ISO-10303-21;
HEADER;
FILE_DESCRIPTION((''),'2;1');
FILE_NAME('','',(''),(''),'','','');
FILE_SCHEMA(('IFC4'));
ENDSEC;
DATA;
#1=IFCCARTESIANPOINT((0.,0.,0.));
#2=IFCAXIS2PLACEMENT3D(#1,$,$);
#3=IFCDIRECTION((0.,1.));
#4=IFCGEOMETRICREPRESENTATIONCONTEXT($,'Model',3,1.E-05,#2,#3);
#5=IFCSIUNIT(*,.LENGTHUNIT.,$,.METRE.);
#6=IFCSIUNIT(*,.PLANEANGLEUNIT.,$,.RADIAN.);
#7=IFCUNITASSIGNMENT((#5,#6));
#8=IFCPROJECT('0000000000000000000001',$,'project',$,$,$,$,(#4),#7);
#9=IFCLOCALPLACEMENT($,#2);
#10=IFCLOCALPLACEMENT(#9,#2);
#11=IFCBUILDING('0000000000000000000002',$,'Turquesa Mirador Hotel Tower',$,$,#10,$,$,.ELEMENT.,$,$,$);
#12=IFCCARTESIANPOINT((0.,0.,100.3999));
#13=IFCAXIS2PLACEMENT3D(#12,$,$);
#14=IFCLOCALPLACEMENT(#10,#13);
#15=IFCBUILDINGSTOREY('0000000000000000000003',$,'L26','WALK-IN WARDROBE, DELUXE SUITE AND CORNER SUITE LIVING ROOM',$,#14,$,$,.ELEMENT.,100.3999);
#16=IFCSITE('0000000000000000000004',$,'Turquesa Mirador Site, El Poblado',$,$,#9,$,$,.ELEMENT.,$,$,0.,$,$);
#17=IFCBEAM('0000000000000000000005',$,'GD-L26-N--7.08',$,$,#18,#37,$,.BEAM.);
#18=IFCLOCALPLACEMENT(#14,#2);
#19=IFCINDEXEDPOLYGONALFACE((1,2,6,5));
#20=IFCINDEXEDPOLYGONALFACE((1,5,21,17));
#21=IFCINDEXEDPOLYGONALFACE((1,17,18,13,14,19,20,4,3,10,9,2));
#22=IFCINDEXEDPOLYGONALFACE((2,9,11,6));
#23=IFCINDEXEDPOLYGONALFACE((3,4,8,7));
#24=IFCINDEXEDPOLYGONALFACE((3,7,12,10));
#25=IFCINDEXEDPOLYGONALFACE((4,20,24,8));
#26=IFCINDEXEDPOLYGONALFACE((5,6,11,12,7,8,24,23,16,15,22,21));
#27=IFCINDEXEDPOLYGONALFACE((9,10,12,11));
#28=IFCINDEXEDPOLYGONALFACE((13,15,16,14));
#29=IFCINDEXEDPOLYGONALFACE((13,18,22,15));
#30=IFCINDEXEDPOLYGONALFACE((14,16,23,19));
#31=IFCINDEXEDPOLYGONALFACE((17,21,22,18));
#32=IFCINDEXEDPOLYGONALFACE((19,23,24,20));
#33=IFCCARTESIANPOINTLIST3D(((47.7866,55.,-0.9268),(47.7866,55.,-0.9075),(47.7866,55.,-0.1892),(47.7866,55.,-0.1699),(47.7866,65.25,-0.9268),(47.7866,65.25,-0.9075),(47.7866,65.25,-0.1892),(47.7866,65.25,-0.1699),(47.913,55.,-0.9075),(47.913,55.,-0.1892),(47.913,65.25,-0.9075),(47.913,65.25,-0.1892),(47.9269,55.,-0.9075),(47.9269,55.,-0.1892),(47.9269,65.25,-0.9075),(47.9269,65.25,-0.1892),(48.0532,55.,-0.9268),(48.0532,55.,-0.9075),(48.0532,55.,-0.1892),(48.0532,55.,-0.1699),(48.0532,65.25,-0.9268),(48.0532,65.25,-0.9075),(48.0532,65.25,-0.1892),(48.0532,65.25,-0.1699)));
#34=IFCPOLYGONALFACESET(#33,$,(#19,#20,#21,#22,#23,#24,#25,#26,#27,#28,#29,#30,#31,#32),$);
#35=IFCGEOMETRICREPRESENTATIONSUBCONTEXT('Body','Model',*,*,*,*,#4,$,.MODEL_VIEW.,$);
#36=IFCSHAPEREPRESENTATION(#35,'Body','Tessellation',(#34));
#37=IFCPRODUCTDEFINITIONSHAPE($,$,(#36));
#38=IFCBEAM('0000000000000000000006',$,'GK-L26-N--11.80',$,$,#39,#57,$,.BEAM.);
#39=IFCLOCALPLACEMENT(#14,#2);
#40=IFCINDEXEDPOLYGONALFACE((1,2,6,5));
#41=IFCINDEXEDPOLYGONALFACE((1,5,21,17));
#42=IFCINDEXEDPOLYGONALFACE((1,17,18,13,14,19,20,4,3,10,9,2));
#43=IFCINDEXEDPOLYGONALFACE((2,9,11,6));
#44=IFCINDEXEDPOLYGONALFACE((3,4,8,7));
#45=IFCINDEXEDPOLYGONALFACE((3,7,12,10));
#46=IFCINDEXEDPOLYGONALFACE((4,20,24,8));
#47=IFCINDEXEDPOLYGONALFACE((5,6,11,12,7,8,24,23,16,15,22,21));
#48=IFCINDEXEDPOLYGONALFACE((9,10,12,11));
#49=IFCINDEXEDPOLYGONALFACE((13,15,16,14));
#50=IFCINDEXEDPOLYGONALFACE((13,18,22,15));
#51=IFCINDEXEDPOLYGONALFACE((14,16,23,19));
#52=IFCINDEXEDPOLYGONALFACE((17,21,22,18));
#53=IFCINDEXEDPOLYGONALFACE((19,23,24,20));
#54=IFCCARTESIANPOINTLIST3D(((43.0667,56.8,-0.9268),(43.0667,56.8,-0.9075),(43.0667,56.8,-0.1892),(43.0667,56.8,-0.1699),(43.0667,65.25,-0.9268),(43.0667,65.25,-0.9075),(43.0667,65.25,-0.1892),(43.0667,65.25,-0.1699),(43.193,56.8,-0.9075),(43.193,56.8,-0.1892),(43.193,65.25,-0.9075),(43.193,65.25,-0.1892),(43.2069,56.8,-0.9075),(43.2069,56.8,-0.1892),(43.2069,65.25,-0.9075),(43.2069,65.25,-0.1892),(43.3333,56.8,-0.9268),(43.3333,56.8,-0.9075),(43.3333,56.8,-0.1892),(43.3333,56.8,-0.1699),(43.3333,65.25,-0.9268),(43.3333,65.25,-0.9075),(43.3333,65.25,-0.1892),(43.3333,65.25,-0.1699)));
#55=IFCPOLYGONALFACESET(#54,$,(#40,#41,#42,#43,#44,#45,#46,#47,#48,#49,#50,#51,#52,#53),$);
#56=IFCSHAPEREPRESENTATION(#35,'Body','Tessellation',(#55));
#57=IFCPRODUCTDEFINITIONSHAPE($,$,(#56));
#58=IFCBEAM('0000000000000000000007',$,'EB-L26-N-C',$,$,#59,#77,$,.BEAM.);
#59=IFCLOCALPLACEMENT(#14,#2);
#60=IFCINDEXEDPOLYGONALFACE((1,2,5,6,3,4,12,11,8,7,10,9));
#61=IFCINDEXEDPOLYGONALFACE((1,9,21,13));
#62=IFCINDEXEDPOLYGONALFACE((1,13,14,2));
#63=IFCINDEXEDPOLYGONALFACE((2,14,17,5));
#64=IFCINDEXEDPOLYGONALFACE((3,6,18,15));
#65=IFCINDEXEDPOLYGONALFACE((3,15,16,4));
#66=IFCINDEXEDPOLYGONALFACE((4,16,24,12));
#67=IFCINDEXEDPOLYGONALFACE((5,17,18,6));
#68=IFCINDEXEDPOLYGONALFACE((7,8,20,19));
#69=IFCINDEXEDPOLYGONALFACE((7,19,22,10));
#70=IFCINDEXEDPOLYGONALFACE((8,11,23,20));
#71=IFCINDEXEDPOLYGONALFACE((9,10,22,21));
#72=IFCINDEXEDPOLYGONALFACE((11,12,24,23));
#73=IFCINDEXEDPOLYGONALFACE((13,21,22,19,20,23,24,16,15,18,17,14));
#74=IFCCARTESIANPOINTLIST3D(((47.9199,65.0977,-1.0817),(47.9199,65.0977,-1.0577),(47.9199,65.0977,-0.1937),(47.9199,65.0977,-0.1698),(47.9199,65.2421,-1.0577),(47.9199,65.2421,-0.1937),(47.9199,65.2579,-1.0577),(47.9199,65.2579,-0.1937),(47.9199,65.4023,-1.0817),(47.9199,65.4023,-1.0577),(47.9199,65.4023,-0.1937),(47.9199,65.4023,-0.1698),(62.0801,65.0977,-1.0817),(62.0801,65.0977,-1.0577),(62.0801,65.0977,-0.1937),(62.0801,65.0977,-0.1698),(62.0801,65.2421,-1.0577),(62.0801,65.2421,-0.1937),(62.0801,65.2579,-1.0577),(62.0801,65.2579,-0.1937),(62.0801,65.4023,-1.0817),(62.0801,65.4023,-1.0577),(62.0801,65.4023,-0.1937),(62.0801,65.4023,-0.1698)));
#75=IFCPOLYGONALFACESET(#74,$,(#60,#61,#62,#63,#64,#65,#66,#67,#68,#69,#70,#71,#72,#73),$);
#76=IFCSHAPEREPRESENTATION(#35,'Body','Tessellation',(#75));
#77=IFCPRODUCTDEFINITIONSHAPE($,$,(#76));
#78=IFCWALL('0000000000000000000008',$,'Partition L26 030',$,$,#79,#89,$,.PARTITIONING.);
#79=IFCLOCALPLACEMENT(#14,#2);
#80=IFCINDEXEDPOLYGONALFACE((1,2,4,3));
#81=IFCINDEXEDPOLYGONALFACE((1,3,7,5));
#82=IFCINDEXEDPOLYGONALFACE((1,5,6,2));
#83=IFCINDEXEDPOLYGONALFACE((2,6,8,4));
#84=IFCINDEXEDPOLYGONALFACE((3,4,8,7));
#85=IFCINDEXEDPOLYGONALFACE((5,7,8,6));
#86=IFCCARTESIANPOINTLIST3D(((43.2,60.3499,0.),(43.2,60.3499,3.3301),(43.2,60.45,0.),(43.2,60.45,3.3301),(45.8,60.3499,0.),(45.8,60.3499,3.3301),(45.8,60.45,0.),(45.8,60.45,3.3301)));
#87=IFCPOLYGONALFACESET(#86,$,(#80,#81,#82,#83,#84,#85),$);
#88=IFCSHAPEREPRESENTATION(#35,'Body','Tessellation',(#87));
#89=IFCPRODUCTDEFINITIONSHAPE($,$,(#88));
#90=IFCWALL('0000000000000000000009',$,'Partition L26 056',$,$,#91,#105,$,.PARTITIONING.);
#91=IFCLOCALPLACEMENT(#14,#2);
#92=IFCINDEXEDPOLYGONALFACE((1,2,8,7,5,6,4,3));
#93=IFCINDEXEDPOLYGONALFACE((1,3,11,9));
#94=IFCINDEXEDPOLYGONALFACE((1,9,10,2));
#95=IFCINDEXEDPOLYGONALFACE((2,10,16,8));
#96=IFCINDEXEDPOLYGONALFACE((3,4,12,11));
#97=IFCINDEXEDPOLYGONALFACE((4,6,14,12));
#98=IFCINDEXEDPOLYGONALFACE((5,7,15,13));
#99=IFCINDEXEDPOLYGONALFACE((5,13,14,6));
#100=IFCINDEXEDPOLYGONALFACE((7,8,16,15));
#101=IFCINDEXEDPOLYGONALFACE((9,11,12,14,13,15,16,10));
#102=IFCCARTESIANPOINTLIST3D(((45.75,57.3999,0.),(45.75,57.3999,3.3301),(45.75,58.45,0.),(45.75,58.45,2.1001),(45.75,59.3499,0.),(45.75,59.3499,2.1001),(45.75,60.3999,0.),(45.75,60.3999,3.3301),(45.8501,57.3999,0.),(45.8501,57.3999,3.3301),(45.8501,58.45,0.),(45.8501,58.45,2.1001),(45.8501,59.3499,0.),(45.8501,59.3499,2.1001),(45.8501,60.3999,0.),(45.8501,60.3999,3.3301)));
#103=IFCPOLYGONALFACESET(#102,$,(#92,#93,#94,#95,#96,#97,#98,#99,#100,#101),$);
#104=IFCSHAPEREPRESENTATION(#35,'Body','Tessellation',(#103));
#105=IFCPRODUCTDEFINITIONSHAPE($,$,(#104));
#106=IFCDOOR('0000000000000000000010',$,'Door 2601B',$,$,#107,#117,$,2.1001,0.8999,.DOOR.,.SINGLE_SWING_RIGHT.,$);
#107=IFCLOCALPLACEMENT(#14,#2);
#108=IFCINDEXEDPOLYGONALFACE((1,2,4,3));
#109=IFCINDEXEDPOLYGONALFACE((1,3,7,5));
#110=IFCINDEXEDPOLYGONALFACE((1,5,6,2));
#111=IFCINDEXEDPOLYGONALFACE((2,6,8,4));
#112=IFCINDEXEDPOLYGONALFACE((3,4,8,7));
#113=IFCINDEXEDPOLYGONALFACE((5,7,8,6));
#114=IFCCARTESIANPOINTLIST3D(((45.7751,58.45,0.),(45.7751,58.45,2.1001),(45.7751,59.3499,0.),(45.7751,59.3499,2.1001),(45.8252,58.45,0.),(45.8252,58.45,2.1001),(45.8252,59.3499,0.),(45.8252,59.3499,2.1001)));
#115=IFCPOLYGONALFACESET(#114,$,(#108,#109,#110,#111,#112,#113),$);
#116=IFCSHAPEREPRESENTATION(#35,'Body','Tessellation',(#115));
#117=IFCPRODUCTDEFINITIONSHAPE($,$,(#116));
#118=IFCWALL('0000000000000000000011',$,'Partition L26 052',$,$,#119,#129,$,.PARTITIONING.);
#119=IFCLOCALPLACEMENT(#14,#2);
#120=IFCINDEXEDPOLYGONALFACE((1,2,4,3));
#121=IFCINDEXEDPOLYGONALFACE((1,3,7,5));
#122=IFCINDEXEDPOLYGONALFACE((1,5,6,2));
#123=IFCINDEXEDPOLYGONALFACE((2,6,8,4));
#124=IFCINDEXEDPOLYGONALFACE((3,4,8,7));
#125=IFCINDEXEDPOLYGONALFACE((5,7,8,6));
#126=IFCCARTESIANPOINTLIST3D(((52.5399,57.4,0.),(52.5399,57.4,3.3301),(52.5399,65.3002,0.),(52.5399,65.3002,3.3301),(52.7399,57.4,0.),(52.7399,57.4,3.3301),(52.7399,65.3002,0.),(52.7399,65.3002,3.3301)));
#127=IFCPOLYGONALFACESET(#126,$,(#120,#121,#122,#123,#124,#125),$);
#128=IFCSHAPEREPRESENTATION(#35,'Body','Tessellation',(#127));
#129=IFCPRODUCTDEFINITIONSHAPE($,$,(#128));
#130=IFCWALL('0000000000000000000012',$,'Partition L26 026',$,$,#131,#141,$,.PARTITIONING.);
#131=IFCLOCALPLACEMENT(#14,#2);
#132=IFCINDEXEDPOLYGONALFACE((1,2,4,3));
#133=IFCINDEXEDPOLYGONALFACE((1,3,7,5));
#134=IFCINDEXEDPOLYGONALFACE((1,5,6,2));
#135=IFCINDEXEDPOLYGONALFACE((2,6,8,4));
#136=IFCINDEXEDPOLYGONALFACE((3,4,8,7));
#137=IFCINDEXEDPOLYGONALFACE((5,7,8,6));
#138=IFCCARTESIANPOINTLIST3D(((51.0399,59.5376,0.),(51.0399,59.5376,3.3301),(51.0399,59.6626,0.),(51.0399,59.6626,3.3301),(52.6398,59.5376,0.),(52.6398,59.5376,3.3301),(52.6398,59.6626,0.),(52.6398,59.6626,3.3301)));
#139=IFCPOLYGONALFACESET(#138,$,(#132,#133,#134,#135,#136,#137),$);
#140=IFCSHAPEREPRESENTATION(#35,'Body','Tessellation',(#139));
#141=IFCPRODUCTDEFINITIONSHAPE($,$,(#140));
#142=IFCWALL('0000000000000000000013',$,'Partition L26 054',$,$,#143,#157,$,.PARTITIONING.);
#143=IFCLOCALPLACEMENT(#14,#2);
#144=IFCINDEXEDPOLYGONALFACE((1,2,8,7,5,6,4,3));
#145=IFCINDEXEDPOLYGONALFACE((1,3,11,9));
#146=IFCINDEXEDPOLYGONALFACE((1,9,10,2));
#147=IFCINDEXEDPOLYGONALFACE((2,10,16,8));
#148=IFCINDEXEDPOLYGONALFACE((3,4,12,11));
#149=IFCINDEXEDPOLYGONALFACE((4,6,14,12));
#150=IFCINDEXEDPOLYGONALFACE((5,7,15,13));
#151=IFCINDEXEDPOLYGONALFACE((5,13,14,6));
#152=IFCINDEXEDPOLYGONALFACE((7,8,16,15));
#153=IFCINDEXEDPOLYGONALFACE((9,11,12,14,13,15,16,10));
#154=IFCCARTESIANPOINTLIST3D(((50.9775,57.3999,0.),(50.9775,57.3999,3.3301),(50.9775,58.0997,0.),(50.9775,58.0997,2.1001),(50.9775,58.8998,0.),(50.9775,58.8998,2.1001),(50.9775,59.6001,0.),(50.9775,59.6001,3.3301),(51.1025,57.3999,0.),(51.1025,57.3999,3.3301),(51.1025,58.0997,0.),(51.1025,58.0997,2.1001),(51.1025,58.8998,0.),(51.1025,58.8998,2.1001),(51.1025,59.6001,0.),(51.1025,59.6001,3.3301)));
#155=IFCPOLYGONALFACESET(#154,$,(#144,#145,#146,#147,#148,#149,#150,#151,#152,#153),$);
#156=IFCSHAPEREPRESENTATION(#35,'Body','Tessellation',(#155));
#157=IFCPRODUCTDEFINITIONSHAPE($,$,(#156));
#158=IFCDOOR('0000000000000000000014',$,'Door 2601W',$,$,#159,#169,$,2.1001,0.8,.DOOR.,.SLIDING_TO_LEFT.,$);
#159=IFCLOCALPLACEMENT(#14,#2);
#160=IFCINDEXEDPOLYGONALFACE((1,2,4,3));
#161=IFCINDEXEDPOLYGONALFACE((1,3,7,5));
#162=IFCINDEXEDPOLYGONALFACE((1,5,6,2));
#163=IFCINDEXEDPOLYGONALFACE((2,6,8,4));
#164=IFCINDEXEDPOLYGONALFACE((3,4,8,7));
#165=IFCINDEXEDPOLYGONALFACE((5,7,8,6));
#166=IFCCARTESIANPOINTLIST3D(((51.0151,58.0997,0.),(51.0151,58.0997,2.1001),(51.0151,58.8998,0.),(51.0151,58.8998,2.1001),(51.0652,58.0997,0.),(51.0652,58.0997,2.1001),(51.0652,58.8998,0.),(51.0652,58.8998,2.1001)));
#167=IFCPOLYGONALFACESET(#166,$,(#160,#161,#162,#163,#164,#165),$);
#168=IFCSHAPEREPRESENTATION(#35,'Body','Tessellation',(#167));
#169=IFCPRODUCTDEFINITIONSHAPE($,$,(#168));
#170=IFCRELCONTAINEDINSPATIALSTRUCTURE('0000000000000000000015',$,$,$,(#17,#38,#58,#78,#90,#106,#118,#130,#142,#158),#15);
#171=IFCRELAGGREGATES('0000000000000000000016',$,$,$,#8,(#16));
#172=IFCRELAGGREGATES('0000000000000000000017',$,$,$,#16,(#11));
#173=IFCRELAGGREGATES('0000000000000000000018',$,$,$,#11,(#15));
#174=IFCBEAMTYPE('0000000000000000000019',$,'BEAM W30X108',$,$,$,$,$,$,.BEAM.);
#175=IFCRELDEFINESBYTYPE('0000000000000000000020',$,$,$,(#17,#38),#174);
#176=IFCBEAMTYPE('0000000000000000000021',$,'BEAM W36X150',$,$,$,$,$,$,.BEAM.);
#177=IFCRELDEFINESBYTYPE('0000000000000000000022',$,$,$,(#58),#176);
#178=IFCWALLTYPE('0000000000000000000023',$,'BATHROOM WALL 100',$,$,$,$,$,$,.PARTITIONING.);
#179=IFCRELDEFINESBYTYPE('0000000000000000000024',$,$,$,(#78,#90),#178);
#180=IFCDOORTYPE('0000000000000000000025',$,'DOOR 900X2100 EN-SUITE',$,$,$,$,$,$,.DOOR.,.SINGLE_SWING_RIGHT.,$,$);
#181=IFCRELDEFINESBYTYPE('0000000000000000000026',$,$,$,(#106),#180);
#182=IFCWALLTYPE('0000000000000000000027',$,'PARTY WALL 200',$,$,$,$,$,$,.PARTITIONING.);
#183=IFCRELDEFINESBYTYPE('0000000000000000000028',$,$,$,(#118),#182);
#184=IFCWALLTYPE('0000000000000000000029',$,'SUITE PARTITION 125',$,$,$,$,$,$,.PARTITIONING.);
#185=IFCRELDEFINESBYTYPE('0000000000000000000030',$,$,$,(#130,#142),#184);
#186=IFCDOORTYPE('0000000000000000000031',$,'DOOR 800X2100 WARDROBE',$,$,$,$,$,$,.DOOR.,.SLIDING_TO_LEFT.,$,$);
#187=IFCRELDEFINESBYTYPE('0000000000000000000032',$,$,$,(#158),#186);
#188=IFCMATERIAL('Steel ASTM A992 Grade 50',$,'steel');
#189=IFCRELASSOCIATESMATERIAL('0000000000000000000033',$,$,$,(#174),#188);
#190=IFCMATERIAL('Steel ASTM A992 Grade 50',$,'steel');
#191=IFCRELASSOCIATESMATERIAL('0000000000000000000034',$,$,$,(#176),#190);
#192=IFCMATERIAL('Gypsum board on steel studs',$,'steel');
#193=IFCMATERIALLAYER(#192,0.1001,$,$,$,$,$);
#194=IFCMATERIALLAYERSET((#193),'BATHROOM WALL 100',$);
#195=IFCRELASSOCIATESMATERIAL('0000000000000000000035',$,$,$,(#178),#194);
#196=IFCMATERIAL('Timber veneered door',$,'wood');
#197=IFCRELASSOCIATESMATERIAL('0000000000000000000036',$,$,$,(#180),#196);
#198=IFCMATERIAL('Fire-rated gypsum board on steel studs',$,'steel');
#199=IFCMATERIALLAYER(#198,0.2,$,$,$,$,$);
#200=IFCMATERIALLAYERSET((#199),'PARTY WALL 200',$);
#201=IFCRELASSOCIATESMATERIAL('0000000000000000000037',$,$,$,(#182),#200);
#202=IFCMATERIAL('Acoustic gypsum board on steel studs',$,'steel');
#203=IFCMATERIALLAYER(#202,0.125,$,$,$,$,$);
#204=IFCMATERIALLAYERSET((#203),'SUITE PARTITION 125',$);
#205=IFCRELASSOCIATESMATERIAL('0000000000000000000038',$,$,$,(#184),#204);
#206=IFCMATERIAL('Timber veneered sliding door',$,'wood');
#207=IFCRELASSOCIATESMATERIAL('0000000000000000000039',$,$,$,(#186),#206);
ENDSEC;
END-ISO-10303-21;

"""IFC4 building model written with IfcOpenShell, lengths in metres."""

from ifc_helpers import new_model, si_unit, direction, frame, frame_2d, origin, origin_2d, place, context, subcontext, project, spatial, rectangle, i_section, extrude, material, layer, layer_set, material_profile, profile_set, type_object, element, fill, save


model = new_model("IFC4")

# Units and contexts
model_context = context("Model", 3, precision=1e-05, world=origin(), true_north=direction((0.0, 1.0)))
body_context = subcontext(model_context, "Body", "Model", "MODEL_VIEW")
ifc_project = project(units=[si_unit("LENGTHUNIT", "METRE"), si_unit("PLANEANGLEUNIT", "RADIAN")], contexts=[model_context])

# Site, building, storey
site_placement = place(None, origin())
site = spatial("IfcSite", under=ifc_project, at=site_placement, Name="Turquesa Mirador Site, El Poblado", CompositionType="ELEMENT", RefElevation=0.0)
building_placement = place(site_placement, origin())
building = spatial("IfcBuilding", under=site, at=building_placement, Name="Turquesa Mirador Hotel Tower", CompositionType="ELEMENT")
storey_placement = place(building_placement, frame((0.0, 0.0, 100.3999)))
storey = spatial("IfcBuildingStorey", under=building, at=storey_placement, Name="L26", Description="WALK-IN WARDROBE, DELUXE SUITE AND CORNER SUITE LIVING ROOM", CompositionType="ELEMENT", Elevation=100.3999)

# Beams
ifc_material_1 = material(Name="Steel ASTM A992 Grade 50", Category="steel")
ifc_material_profile_1 = material_profile(ifc_material_1, i_section(OverallWidth=0.2666, OverallDepth=0.7568, WebThickness=0.0139, FlangeThickness=0.0193, at=origin_2d()), Name="W30X108")
ifc_profile_set_1 = profile_set([ifc_material_profile_1], Name="Steel ASTM A992 Grade 50")
beam_type_1 = type_object("IfcBeamType", Name="BEAM W30X108", PredefinedType="BEAM", material=ifc_profile_set_1)
beam_1_placement = place(storey_placement, frame((47.9199, 65.25, -0.5483), z_axis=(0.0, -1.0, 0.0), x_axis=(1.0, 0.0, 0.0)))
element("IfcBeam", 1, at=beam_1_placement, inside=storey, type_object=beam_type_1, Name="GD-L26-N--7.08", PredefinedType="BEAM", context=body_context, shape_type="SweptSolid", body=[
    extrude(i_section(OverallWidth=0.2666, OverallDepth=0.7568, WebThickness=0.0139, FlangeThickness=0.0193, at=origin_2d()), origin(), (0.0, 0.0, 1.0), 10.25),
])
beam_2_placement = place(storey_placement, frame((43.2, 65.25, -0.5483), z_axis=(0.0, -1.0, 0.0), x_axis=(1.0, 0.0, 0.0)))
element("IfcBeam", 2, at=beam_2_placement, inside=storey, type_object=beam_type_1, Name="GK-L26-N--11.80", PredefinedType="BEAM", context=body_context, shape_type="SweptSolid", body=[
    extrude(i_section(OverallWidth=0.2666, OverallDepth=0.7568, WebThickness=0.0139, FlangeThickness=0.0193, at=origin_2d()), origin(), (0.0, 0.0, 1.0), 8.45),
])
ifc_material_2 = material(Name="Steel ASTM A992 Grade 50", Category="steel")
ifc_material_profile_2 = material_profile(ifc_material_2, i_section(OverallWidth=0.3047, OverallDepth=0.9119, WebThickness=0.0159, FlangeThickness=0.0239, at=origin_2d()), Name="W36X150")
ifc_profile_set_2 = profile_set([ifc_material_profile_2], Name="Steel ASTM A992 Grade 50")
beam_type_2 = type_object("IfcBeamType", Name="BEAM W36X150", PredefinedType="BEAM", material=ifc_profile_set_2)
beam_3_placement = place(storey_placement, frame((47.9199, 65.25, -0.6257), z_axis=(1.0, 0.0, 0.0), x_axis=(0.0, 1.0, 0.0)))
element("IfcBeam", 3, at=beam_3_placement, inside=storey, type_object=beam_type_2, Name="EB-L26-N-C", PredefinedType="BEAM", context=body_context, shape_type="SweptSolid", body=[
    extrude(i_section(OverallWidth=0.3047, OverallDepth=0.9119, WebThickness=0.0159, FlangeThickness=0.0239, at=origin_2d()), origin(), (0.0, 0.0, 1.0), 14.1602),
])

# Wall
ifc_material_3 = material(Name="Gypsum board on steel studs", Category="steel")
ifc_layer_1 = layer(ifc_material_3, 0.1001)
ifc_layer_set_1 = layer_set([ifc_layer_1], Name="BATHROOM WALL 100")
wall_type_1 = type_object("IfcWallType", Name="BATHROOM WALL 100", PredefinedType="PARTITIONING", material=ifc_layer_set_1)
wall_1_placement = place(storey_placement, frame((43.2, 60.3999, 0.0), z_axis=(0.0, 0.0, 1.0), x_axis=(1.0, 0.0, 0.0)))
element("IfcWall", 4, at=wall_1_placement, inside=storey, type_object=wall_type_1, Name="Partition L26 030", PredefinedType="PARTITIONING", context=body_context, shape_type="SweptSolid", body=[
    extrude(rectangle(XDim=2.6001, YDim=0.1001, at=frame_2d((1.3, 0.0))), origin(), (0.0, 0.0, 1.0), 3.3301),
])

# Wall, opening, door
wall_2_placement = place(storey_placement, frame((45.8, 57.3999, 0.0), z_axis=(0.0, 0.0, 1.0), x_axis=(0.0, 1.0, 0.0)))
wall_2 = element("IfcWall", 5, at=wall_2_placement, inside=storey, type_object=wall_type_1, Name="Partition L26 056", PredefinedType="PARTITIONING", context=body_context, shape_type="SweptSolid", body=[
    extrude(rectangle(XDim=3.0, YDim=0.1001, at=frame_2d((1.5, 0.0))), origin(), (0.0, 0.0, 1.0), 3.3301),
])
opening_1_placement = place(wall_2_placement, frame((1.05, 0.0, 0.0)))
opening_1 = element("IfcOpeningElement", 6, at=opening_1_placement, cuts=wall_2, PredefinedType="OPENING", context=body_context, shape_type="SweptSolid", body=[
    extrude(rectangle(XDim=0.8999, YDim=2.1001, at=frame_2d((0.45, 1.05))), frame((0.0, 0.0601, 0.0), z_axis=(0.0, -1.0, 0.0), x_axis=(1.0, 0.0, 0.0)), (0.0, 0.0, 1.0), 0.1201),
])
ifc_material_4 = material(Name="Timber veneered door", Category="wood")
door_type_1 = type_object("IfcDoorType", Name="DOOR 900X2100 EN-SUITE", OperationType="SINGLE_SWING_RIGHT", PredefinedType="DOOR", material=ifc_material_4)
door_1_placement = place(opening_1_placement, origin())
door_1 = element("IfcDoor", 7, at=door_1_placement, inside=storey, type_object=door_type_1, Name="Door 2601B", OperationType="SINGLE_SWING_RIGHT", OverallHeight=2.1001, OverallWidth=0.8999, PredefinedType="DOOR", context=body_context, shape_type="SweptSolid", body=[
    extrude(rectangle(XDim=0.8999, YDim=2.1001, at=frame_2d((0.45, 1.05))), frame((0.0, 0.0249, 0.0), z_axis=(0.0, -1.0, 0.0), x_axis=(1.0, 0.0, 0.0)), (0.0, 0.0, 1.0), 0.05),
])
fill(opening_1, door_1)

# Walls
ifc_material_5 = material(Name="Fire-rated gypsum board on steel studs", Category="steel")
ifc_layer_2 = layer(ifc_material_5, 0.2)
ifc_layer_set_2 = layer_set([ifc_layer_2], Name="PARTY WALL 200")
wall_type_2 = type_object("IfcWallType", Name="PARTY WALL 200", PredefinedType="PARTITIONING", material=ifc_layer_set_2)
wall_3_placement = place(storey_placement, frame((52.6399, 57.3999, 0.0), z_axis=(0.0, 0.0, 1.0), x_axis=(0.0, 1.0, 0.0)))
element("IfcWall", 8, at=wall_3_placement, inside=storey, type_object=wall_type_2, Name="Partition L26 052", PredefinedType="PARTITIONING", context=body_context, shape_type="SweptSolid", body=[
    extrude(rectangle(XDim=7.9001, YDim=0.2, at=frame_2d((3.9502, 0.0))), origin(), (0.0, 0.0, 1.0), 3.3301),
])
ifc_material_6 = material(Name="Acoustic gypsum board on steel studs", Category="steel")
ifc_layer_3 = layer(ifc_material_6, 0.125)
ifc_layer_set_3 = layer_set([ifc_layer_3], Name="SUITE PARTITION 125")
wall_type_3 = type_object("IfcWallType", Name="SUITE PARTITION 125", PredefinedType="PARTITIONING", material=ifc_layer_set_3)
wall_4_placement = place(storey_placement, frame((51.04, 59.6001, 0.0), z_axis=(0.0, 0.0, 1.0), x_axis=(1.0, 0.0, 0.0)))
element("IfcWall", 9, at=wall_4_placement, inside=storey, type_object=wall_type_3, Name="Partition L26 026", PredefinedType="PARTITIONING", context=body_context, shape_type="SweptSolid", body=[
    extrude(rectangle(XDim=1.5999, YDim=0.125, at=frame_2d((0.7998, 0.0))), origin(), (0.0, 0.0, 1.0), 3.3301),
])

# Wall, opening, door
wall_5_placement = place(storey_placement, frame((51.04, 57.3999, 0.0), z_axis=(0.0, 0.0, 1.0), x_axis=(0.0, 1.0, 0.0)))
wall_5 = element("IfcWall", 10, at=wall_5_placement, inside=storey, type_object=wall_type_3, Name="Partition L26 054", PredefinedType="PARTITIONING", context=body_context, shape_type="SweptSolid", body=[
    extrude(rectangle(XDim=2.2002, YDim=0.125, at=frame_2d((1.1001, 0.0))), origin(), (0.0, 0.0, 1.0), 3.3301),
])
opening_2_placement = place(wall_5_placement, frame((0.7, 0.0, 0.0)))
opening_2 = element("IfcOpeningElement", 11, at=opening_2_placement, cuts=wall_5, PredefinedType="OPENING", context=body_context, shape_type="SweptSolid", body=[
    extrude(rectangle(XDim=0.8, YDim=2.1001, at=frame_2d((0.3999, 1.05))), frame((0.0, 0.0725, 0.0), z_axis=(0.0, -1.0, 0.0), x_axis=(1.0, 0.0, 0.0)), (0.0, 0.0, 1.0), 0.145),
])
ifc_material_7 = material(Name="Timber veneered sliding door", Category="wood")
door_type_2 = type_object("IfcDoorType", Name="DOOR 800X2100 WARDROBE", OperationType="SLIDING_TO_LEFT", PredefinedType="DOOR", material=ifc_material_7)
door_2_placement = place(opening_2_placement, origin())
door_2 = element("IfcDoor", 12, at=door_2_placement, inside=storey, type_object=door_type_2, Name="Door 2601W", OperationType="SLIDING_TO_LEFT", OverallHeight=2.1001, OverallWidth=0.8, PredefinedType="DOOR", context=body_context, shape_type="SweptSolid", body=[
    extrude(rectangle(XDim=0.8, YDim=2.1001, at=frame_2d((0.3999, 1.05))), frame((0.0, 0.0249, 0.0), z_axis=(0.0, -1.0, 0.0), x_axis=(1.0, 0.0, 0.0)), (0.0, 0.0, 1.0), 0.05),
])
fill(opening_2, door_2)

save(model, "model.ifc")
